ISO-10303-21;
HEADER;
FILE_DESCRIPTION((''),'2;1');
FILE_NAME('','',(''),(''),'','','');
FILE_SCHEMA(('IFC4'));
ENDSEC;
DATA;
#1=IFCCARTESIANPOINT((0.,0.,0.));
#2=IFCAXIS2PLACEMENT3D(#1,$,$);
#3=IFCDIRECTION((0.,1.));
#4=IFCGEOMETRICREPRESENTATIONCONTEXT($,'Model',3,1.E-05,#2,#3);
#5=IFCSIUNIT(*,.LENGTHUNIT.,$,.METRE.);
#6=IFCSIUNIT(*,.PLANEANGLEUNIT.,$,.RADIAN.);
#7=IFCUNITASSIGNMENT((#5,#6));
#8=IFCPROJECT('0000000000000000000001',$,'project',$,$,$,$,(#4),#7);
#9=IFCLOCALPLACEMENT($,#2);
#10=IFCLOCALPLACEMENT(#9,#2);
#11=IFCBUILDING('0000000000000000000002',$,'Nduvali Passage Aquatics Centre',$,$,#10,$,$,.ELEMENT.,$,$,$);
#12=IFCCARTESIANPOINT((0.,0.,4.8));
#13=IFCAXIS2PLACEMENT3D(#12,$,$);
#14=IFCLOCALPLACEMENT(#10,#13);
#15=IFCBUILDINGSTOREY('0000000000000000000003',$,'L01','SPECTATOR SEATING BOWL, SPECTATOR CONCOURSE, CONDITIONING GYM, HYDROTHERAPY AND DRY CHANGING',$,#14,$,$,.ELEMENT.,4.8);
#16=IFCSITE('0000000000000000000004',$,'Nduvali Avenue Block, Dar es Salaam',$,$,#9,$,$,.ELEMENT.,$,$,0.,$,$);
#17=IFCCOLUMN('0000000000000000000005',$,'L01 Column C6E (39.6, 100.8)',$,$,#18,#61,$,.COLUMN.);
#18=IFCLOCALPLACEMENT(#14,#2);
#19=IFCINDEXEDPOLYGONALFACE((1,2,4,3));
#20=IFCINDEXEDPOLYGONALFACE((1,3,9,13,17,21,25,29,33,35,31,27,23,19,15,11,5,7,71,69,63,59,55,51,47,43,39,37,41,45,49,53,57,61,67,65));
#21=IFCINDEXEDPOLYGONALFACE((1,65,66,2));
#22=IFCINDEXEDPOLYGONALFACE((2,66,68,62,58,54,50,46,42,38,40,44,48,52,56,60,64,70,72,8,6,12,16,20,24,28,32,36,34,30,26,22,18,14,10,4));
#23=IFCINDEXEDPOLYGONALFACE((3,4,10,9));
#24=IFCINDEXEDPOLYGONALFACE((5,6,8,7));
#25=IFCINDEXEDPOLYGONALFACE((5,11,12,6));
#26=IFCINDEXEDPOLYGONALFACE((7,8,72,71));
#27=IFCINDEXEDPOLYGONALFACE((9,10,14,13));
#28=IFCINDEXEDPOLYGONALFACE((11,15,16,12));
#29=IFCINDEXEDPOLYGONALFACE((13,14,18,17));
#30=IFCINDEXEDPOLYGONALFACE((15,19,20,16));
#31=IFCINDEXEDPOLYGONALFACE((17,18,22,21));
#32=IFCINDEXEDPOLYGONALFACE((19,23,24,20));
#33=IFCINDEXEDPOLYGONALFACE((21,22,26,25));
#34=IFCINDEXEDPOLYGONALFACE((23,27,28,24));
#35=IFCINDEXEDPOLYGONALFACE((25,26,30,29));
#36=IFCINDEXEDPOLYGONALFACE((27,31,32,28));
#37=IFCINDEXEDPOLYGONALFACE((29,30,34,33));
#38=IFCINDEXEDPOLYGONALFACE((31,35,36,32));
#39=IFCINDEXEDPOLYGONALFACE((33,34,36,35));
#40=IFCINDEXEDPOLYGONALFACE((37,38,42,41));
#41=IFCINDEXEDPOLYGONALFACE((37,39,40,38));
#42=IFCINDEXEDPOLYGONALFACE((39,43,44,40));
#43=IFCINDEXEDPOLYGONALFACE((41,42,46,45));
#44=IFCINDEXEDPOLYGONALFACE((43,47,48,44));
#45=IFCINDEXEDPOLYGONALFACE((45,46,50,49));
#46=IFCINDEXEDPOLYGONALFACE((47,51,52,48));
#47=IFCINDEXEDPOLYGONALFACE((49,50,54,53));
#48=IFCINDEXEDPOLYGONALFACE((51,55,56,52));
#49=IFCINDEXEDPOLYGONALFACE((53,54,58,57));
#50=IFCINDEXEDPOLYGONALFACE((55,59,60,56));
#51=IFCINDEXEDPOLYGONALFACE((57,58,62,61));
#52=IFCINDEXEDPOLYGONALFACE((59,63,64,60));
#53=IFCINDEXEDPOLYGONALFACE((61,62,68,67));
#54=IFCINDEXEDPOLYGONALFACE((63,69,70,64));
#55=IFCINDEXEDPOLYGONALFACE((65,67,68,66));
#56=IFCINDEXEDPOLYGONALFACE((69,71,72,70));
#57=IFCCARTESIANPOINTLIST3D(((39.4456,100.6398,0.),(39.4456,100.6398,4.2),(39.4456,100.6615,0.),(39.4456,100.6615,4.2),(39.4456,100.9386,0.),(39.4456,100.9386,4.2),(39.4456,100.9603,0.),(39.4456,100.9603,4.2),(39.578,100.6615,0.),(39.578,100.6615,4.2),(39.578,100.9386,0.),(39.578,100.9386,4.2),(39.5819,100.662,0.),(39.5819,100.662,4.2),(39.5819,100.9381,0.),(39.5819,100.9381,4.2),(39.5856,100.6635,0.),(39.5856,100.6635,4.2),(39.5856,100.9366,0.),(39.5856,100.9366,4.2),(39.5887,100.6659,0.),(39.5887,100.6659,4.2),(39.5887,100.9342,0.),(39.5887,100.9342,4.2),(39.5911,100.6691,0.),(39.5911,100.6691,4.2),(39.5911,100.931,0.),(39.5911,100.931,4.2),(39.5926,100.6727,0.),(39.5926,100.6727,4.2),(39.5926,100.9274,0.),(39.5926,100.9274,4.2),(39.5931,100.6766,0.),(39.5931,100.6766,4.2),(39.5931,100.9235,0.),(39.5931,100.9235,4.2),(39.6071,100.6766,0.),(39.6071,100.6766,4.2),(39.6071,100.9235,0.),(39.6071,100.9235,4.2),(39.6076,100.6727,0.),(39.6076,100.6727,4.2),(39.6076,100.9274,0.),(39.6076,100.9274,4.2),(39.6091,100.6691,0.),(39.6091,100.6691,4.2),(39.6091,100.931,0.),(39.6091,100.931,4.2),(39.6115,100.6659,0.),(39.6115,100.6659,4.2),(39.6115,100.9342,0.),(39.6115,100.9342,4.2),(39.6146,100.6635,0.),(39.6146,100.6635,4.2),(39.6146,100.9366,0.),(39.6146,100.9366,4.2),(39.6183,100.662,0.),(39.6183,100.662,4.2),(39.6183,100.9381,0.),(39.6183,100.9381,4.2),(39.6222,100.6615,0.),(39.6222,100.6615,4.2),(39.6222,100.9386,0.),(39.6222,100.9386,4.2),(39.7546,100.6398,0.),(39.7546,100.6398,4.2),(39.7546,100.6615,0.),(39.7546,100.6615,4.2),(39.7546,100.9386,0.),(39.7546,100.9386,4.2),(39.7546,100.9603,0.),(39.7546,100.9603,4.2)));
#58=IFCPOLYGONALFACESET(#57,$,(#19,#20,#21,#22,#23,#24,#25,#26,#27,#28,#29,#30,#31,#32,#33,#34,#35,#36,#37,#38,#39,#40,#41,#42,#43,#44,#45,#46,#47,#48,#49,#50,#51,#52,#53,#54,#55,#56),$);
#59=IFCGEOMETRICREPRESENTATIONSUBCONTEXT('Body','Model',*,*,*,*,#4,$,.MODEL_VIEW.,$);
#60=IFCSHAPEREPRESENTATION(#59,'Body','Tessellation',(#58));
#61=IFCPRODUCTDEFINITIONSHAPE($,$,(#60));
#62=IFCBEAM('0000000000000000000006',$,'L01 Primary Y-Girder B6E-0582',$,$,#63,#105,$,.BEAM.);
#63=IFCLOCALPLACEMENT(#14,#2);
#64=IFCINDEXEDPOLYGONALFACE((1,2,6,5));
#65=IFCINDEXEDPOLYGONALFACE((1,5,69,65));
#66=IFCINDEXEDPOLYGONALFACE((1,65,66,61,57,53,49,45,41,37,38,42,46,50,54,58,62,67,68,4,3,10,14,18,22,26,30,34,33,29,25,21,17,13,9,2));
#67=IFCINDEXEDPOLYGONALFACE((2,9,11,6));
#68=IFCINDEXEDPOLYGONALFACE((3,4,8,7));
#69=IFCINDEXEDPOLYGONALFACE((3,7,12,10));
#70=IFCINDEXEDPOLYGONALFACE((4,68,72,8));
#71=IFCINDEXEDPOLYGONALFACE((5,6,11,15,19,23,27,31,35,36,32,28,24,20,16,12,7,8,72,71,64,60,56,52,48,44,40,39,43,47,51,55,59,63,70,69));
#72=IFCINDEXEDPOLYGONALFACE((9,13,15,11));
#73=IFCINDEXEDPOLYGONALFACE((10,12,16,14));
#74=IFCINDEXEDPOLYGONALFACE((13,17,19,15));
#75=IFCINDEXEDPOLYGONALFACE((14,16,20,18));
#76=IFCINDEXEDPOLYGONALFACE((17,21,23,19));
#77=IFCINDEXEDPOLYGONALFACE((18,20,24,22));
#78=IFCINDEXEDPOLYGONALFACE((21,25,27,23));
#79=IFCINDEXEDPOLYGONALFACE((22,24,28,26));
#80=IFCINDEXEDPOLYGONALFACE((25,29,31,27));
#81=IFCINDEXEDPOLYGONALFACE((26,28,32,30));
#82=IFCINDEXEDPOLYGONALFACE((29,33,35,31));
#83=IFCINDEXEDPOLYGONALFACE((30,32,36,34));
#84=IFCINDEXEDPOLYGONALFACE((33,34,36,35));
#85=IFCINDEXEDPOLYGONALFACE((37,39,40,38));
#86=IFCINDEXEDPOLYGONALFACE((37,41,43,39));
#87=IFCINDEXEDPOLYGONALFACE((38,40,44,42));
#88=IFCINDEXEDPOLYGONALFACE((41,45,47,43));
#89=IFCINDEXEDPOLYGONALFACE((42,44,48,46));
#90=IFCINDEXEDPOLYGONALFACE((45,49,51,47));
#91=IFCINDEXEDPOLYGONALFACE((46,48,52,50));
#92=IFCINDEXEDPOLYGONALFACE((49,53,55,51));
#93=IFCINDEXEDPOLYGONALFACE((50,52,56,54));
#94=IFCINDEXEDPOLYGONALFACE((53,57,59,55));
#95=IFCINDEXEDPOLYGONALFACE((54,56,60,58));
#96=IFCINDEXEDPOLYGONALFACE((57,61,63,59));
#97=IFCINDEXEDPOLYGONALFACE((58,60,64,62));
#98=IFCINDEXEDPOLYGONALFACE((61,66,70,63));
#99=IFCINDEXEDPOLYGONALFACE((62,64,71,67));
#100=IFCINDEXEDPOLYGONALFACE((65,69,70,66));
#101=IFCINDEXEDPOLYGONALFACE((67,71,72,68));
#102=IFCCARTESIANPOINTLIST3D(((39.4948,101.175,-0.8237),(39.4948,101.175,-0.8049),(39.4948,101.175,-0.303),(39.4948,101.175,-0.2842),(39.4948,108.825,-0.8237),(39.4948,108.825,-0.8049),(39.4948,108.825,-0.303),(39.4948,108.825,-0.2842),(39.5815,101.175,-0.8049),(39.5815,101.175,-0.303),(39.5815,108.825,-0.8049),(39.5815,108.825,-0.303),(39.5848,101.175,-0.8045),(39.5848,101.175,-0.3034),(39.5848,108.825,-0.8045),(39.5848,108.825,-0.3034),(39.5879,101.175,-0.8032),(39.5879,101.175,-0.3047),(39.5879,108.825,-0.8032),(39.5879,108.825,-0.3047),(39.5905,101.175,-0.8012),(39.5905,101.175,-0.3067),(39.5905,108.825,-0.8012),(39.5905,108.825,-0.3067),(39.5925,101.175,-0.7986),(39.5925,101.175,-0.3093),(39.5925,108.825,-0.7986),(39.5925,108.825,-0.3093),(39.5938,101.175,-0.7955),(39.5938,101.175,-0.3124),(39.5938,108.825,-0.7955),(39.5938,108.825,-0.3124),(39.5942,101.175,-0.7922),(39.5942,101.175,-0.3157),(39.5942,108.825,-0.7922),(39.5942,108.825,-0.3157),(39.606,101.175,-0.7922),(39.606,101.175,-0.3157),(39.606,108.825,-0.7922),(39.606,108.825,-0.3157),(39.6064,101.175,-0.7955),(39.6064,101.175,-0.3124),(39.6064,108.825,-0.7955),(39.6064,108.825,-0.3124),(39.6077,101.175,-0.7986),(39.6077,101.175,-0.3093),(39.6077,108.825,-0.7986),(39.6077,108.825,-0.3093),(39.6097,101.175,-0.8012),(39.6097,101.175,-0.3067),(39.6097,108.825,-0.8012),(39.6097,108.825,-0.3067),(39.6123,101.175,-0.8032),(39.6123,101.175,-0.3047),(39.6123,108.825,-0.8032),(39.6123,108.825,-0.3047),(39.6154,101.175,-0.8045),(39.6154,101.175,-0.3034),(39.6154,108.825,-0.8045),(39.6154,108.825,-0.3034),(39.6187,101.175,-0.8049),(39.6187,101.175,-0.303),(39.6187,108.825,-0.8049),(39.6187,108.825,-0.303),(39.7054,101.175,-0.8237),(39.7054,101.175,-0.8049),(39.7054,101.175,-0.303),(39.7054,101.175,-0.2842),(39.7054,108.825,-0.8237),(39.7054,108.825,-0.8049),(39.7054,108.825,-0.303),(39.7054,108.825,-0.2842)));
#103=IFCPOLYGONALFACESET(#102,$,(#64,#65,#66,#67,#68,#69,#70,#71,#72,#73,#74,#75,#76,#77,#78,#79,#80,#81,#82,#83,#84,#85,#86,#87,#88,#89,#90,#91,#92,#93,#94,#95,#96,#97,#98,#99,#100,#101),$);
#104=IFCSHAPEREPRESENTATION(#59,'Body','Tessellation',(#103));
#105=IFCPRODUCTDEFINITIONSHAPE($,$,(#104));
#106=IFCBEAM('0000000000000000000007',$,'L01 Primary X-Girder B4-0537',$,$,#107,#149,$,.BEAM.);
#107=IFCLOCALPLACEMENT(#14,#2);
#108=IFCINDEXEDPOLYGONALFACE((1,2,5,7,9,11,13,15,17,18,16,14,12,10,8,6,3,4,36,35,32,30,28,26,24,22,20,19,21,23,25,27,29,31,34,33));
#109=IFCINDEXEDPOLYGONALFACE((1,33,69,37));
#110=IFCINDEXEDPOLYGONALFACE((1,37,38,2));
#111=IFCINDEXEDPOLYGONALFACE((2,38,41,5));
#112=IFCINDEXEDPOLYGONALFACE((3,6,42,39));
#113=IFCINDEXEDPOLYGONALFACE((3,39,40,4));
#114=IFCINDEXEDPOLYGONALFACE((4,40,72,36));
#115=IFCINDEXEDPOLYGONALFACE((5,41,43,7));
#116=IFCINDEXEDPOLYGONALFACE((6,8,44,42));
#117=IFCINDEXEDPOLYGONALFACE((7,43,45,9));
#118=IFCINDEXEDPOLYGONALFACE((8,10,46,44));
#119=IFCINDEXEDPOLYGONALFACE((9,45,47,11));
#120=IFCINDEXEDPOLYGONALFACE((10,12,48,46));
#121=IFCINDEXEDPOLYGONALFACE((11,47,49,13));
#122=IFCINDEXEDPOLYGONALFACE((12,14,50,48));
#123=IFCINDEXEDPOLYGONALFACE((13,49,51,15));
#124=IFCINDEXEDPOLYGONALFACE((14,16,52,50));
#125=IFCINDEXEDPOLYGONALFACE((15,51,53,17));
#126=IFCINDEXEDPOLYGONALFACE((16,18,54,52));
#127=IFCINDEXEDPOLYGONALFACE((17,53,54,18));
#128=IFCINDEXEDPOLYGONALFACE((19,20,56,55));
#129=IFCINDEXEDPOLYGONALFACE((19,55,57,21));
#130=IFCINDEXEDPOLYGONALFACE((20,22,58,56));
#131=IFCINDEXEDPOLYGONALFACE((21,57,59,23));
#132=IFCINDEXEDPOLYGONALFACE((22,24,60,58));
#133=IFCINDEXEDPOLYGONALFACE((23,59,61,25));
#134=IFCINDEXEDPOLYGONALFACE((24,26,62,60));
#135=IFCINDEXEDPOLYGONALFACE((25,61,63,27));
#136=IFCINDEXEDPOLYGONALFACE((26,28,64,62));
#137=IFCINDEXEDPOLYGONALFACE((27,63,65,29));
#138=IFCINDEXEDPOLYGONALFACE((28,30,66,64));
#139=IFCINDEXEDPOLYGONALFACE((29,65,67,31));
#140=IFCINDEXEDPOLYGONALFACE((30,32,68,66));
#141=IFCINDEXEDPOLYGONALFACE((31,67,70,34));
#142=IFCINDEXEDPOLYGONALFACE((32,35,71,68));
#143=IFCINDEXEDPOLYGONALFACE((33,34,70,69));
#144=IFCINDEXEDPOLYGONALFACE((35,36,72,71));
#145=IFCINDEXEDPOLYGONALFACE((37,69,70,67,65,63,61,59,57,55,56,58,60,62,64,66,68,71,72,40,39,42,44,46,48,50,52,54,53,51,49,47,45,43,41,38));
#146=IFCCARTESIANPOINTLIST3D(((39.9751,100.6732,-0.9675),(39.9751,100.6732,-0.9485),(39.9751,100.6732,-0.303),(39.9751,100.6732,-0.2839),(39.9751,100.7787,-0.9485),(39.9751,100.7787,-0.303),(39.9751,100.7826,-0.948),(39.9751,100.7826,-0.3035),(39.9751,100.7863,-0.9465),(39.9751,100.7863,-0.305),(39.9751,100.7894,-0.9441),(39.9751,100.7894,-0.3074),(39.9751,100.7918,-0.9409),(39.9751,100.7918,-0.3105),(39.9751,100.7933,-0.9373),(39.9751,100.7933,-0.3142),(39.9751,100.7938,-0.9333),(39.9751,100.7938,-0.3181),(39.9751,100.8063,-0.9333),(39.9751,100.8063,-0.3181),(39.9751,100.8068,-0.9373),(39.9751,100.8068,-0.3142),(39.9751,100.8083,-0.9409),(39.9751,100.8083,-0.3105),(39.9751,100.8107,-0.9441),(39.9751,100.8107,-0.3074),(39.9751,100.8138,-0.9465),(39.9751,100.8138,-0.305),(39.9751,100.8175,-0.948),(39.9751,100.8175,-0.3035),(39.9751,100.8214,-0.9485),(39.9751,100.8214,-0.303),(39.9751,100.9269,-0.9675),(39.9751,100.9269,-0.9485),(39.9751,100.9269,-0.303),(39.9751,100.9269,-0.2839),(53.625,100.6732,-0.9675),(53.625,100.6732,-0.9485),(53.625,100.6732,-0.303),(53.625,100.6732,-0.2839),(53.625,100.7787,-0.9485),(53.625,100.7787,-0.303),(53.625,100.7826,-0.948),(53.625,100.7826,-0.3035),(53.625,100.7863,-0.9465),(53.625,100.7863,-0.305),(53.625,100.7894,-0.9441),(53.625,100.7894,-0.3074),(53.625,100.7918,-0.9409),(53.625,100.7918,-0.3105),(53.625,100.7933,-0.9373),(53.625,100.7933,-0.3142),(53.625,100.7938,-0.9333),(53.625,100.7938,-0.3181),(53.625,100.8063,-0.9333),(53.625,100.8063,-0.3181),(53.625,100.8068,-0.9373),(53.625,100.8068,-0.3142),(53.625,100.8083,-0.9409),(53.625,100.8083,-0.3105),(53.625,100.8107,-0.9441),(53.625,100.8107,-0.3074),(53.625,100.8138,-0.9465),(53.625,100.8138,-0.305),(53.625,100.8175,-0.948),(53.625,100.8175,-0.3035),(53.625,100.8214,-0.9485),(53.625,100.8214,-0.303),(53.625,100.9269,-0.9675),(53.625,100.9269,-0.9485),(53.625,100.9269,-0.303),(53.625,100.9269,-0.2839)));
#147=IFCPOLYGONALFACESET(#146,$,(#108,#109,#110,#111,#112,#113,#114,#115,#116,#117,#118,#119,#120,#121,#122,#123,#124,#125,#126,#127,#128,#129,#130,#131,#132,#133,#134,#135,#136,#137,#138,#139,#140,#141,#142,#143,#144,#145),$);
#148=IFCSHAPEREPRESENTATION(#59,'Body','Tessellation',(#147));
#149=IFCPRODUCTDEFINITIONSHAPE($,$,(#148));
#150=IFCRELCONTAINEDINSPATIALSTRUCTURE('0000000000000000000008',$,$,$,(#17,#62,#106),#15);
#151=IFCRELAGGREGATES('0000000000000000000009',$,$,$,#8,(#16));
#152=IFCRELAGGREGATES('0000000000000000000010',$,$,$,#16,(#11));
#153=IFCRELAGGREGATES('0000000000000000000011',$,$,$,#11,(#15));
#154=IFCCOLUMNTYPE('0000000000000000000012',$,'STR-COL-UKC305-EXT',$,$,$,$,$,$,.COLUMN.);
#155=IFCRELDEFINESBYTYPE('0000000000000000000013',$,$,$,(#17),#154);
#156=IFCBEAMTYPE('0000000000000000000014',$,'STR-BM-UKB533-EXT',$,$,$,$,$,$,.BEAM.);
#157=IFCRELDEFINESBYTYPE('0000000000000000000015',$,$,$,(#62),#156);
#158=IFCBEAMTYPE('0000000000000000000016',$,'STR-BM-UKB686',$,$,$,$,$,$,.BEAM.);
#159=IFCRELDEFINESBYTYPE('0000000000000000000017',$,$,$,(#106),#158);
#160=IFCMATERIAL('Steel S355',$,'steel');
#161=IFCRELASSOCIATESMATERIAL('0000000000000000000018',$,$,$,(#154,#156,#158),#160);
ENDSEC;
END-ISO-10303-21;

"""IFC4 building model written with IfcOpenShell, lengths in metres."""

from ifc_helpers import new_model, si_unit, direction, frame, origin, origin_2d, place, context, subcontext, project, spatial, i_section, extrude, material, material_profile, profile_set, type_object, element, save


model = new_model("IFC4")

# Units and contexts
model_context = context("Model", 3, precision=1e-05, world=origin(), true_north=direction((0.0, 1.0)))
body_context = subcontext(model_context, "Body", "Model", "MODEL_VIEW")
ifc_project = project(units=[si_unit("LENGTHUNIT", "METRE"), si_unit("PLANEANGLEUNIT", "RADIAN")], contexts=[model_context])

# Site, building, storey
site_placement = place(None, origin())
site = spatial("IfcSite", under=ifc_project, at=site_placement, Name="Nduvali Avenue Block, Dar es Salaam", CompositionType="ELEMENT", RefElevation=0.0)
building_placement = place(site_placement, origin())
building = spatial("IfcBuilding", under=site, at=building_placement, Name="Nduvali Passage Aquatics Centre", CompositionType="ELEMENT")
storey_placement = place(building_placement, frame((0.0, 0.0, 4.8)))
storey = spatial("IfcBuildingStorey", under=building, at=storey_placement, Name="L01", Description="SPECTATOR SEATING BOWL, SPECTATOR CONCOURSE, CONDITIONING GYM, HYDROTHERAPY AND DRY CHANGING", CompositionType="ELEMENT", Elevation=4.8)

# Column
ifc_material_1 = material(Name="Steel S355", Category="steel")
ifc_material_profile_1 = material_profile(ifc_material_1, i_section(OverallWidth=0.3091, OverallDepth=0.3206, WebThickness=0.0139, FlangeThickness=0.0217, FilletRadius=0.0151, at=origin_2d()), Name="UKC 305x305x137")
ifc_profile_set_1 = profile_set([ifc_material_profile_1], Name="Steel S355")
column_type = type_object("IfcColumnType", Name="STR-COL-UKC305-EXT", PredefinedType="COLUMN", material=ifc_profile_set_1)
column_placement = place(storey_placement, frame((39.6001, 100.8, 0.0), z_axis=(0.0, 0.0, 1.0), x_axis=(1.0, 0.0, 0.0)))
element("IfcColumn", 1, at=column_placement, inside=storey, type_object=column_type, Name="L01 Column C6E (39.6, 100.8)", PredefinedType="COLUMN", context=body_context, shape_type="SweptSolid", body=[
    extrude(i_section(OverallWidth=0.3091, OverallDepth=0.3206, WebThickness=0.0139, FlangeThickness=0.0217, FilletRadius=0.0151, at=origin_2d()), origin(), (0.0, 0.0, 1.0), 4.2),
])

# Beams
ifc_material_profile_2 = material_profile(ifc_material_1, i_section(OverallWidth=0.2107, OverallDepth=0.5396, WebThickness=0.0117, FlangeThickness=0.0188, FilletRadius=0.0127, at=origin_2d()), Name="UKB 533x210x109")
ifc_profile_set_2 = profile_set([ifc_material_profile_2], Name="Steel S355")
beam_type_1 = type_object("IfcBeamType", Name="STR-BM-UKB533-EXT", PredefinedType="BEAM", material=ifc_profile_set_2)
beam_1_placement = place(storey_placement, frame((39.6001, 101.175, -0.554), z_axis=(0.0, 1.0, 0.0), x_axis=(-1.0, 0.0, 0.0)))
element("IfcBeam", 2, at=beam_1_placement, inside=storey, type_object=beam_type_1, Name="L01 Primary Y-Girder B6E-0582", PredefinedType="BEAM", context=body_context, shape_type="SweptSolid", body=[
    extrude(i_section(OverallWidth=0.2107, OverallDepth=0.5396, WebThickness=0.0117, FlangeThickness=0.0188, FilletRadius=0.0127, at=origin_2d()), origin(), (0.0, 0.0, 1.0), 7.6499),
])
ifc_material_profile_3 = material_profile(ifc_material_1, i_section(OverallWidth=0.2537, OverallDepth=0.6836, WebThickness=0.0125, FlangeThickness=0.019, FilletRadius=0.0151, at=origin_2d()), Name="UKB 686x254x140")
ifc_profile_set_3 = profile_set([ifc_material_profile_3], Name="Steel S355")
beam_type_2 = type_object("IfcBeamType", Name="STR-BM-UKB686", PredefinedType="BEAM", material=ifc_profile_set_3)
beam_2_placement = place(storey_placement, frame((39.9751, 100.8, -0.6257), z_axis=(1.0, 0.0, 0.0), x_axis=(0.0, 1.0, 0.0)))
element("IfcBeam", 3, at=beam_2_placement, inside=storey, type_object=beam_type_2, Name="L01 Primary X-Girder B4-0537", PredefinedType="BEAM", context=body_context, shape_type="SweptSolid", body=[
    extrude(i_section(OverallWidth=0.2537, OverallDepth=0.6836, WebThickness=0.0125, FlangeThickness=0.019, FilletRadius=0.0151, at=origin_2d()), origin(), (0.0, 0.0, 1.0), 13.6499),
])

save(model, "model.ifc")
